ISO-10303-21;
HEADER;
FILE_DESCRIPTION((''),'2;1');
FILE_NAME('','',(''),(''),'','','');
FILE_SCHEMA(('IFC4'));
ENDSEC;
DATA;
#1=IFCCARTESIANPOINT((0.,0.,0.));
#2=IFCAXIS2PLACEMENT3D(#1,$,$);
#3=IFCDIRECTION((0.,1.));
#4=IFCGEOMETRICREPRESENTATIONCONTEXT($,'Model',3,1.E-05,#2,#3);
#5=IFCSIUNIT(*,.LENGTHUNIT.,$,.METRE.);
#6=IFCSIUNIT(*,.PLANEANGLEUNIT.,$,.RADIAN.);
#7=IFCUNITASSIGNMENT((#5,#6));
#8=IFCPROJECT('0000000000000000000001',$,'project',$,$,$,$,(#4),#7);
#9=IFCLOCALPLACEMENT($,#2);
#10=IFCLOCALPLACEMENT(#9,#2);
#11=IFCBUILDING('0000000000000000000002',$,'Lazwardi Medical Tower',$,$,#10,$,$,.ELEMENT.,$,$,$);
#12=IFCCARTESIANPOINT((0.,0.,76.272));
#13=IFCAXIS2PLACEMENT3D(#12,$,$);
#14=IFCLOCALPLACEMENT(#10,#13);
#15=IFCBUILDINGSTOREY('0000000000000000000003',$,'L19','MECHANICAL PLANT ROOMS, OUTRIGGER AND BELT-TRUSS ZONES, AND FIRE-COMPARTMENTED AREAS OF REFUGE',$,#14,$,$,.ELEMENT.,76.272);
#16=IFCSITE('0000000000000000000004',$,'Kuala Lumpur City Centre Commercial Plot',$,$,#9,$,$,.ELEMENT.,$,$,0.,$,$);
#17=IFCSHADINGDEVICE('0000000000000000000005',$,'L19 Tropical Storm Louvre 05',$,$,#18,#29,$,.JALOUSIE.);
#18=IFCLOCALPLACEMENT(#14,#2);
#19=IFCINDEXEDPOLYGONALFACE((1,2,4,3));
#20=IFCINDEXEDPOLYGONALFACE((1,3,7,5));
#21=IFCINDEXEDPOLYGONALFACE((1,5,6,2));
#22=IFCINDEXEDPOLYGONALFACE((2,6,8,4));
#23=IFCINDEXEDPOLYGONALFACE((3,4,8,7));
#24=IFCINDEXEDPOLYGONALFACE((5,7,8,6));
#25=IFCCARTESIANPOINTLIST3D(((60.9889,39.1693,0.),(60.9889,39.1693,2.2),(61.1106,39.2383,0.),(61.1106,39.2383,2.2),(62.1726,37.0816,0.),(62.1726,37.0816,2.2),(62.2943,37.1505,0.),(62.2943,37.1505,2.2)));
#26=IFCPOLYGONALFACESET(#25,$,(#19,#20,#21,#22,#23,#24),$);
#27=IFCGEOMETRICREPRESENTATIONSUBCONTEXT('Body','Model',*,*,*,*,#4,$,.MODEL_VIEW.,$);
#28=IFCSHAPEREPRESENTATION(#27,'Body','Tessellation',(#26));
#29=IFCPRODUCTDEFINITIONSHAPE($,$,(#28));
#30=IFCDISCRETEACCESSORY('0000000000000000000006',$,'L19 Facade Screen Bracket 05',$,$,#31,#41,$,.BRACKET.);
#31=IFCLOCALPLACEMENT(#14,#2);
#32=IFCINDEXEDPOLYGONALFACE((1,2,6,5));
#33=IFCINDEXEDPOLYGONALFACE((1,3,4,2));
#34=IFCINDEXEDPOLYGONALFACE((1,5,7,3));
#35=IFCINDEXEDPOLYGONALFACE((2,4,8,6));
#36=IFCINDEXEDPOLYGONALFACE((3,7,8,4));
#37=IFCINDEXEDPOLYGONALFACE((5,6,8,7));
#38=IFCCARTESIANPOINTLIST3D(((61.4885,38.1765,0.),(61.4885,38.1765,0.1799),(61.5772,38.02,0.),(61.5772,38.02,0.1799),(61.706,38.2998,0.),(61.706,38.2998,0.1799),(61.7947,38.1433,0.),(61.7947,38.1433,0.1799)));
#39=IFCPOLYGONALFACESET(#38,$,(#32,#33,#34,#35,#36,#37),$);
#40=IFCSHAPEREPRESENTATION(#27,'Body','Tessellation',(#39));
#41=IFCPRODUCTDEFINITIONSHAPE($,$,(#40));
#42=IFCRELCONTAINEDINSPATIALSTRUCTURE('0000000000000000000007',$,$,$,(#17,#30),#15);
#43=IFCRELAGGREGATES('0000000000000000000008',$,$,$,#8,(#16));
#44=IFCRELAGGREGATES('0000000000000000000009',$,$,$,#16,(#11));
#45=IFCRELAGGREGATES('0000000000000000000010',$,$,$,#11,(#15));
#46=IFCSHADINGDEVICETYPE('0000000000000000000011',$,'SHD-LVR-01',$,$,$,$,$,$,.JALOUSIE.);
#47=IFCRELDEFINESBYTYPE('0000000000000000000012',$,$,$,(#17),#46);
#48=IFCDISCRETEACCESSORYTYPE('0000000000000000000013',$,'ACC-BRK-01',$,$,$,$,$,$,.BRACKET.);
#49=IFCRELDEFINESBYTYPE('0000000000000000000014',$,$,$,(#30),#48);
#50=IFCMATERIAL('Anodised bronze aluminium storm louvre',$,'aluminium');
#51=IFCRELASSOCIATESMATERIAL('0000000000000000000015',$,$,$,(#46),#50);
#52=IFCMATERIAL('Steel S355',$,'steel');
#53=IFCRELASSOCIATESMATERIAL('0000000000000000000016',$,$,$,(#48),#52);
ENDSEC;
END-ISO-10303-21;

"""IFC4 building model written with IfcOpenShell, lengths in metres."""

from ifc_helpers import new_model, si_unit, direction, frame, origin, origin_2d, place, context, subcontext, project, spatial, rectangle, extrude, material, type_object, element, save


model = new_model("IFC4")

# Units and contexts
model_context = context("Model", 3, precision=1e-05, world=origin(), true_north=direction((0.0, 1.0)))
body_context = subcontext(model_context, "Body", "Model", "MODEL_VIEW")
ifc_project = project(units=[si_unit("LENGTHUNIT", "METRE"), si_unit("PLANEANGLEUNIT", "RADIAN")], contexts=[model_context])

# Site, building, storey
site_placement = place(None, origin())
site = spatial("IfcSite", under=ifc_project, at=site_placement, Name="Kuala Lumpur City Centre Commercial Plot", CompositionType="ELEMENT", RefElevation=0.0)
building_placement = place(site_placement, origin())
building = spatial("IfcBuilding", under=site, at=building_placement, Name="Lazwardi Medical Tower", CompositionType="ELEMENT")
storey_placement = place(building_placement, frame((0.0, 0.0, 76.272)))
storey = spatial("IfcBuildingStorey", under=building, at=storey_placement, Name="L19", Description="MECHANICAL PLANT ROOMS, OUTRIGGER AND BELT-TRUSS ZONES, AND FIRE-COMPARTMENTED AREAS OF REFUGE", CompositionType="ELEMENT", Elevation=76.272)

# Shared definitions
ifc_material_1 = material(Name="Steel S355", Category="steel")

# Shading device
ifc_material_2 = material(Name="Anodised bronze aluminium storm louvre", Category="aluminium")
shading_device_type = type_object("IfcShadingDeviceType", Name="SHD-LVR-01", PredefinedType="JALOUSIE", material=ifc_material_2)
shading_device_placement = place(storey_placement, frame((61.6416, 38.1599, 0.0), z_axis=(0.0, 0.0, 1.0), x_axis=(-0.493194, 0.86992, 0.0)))
element("IfcShadingDevice", 1, at=shading_device_placement, inside=storey, type_object=shading_device_type, Name="L19 Tropical Storm Louvre 05", PredefinedType="JALOUSIE", context=body_context, shape_type="SweptSolid", body=[
    extrude(rectangle(XDim=2.3999, YDim=0.1399, at=origin_2d()), origin(), (0.0, 0.0, 1.0), 2.2),
])

# Discrete accessory
discrete_accessory_type = type_object("IfcDiscreteAccessoryType", Name="ACC-BRK-01", PredefinedType="BRACKET", material=ifc_material_1)
discrete_accessory_placement = place(storey_placement, frame((61.6416, 38.1599, 0.0), z_axis=(0.0, 0.0, 1.0), x_axis=(-0.493194, 0.86992, 0.0)))
element("IfcDiscreteAccessory", 2, at=discrete_accessory_placement, inside=storey, type_object=discrete_accessory_type, Name="L19 Facade Screen Bracket 05", PredefinedType="BRACKET", context=body_context, shape_type="SweptSolid", body=[
    extrude(rectangle(XDim=0.1799, YDim=0.25, at=origin_2d()), origin(), (0.0, 0.0, 1.0), 0.1799),
])

save(model, "model.ifc")
